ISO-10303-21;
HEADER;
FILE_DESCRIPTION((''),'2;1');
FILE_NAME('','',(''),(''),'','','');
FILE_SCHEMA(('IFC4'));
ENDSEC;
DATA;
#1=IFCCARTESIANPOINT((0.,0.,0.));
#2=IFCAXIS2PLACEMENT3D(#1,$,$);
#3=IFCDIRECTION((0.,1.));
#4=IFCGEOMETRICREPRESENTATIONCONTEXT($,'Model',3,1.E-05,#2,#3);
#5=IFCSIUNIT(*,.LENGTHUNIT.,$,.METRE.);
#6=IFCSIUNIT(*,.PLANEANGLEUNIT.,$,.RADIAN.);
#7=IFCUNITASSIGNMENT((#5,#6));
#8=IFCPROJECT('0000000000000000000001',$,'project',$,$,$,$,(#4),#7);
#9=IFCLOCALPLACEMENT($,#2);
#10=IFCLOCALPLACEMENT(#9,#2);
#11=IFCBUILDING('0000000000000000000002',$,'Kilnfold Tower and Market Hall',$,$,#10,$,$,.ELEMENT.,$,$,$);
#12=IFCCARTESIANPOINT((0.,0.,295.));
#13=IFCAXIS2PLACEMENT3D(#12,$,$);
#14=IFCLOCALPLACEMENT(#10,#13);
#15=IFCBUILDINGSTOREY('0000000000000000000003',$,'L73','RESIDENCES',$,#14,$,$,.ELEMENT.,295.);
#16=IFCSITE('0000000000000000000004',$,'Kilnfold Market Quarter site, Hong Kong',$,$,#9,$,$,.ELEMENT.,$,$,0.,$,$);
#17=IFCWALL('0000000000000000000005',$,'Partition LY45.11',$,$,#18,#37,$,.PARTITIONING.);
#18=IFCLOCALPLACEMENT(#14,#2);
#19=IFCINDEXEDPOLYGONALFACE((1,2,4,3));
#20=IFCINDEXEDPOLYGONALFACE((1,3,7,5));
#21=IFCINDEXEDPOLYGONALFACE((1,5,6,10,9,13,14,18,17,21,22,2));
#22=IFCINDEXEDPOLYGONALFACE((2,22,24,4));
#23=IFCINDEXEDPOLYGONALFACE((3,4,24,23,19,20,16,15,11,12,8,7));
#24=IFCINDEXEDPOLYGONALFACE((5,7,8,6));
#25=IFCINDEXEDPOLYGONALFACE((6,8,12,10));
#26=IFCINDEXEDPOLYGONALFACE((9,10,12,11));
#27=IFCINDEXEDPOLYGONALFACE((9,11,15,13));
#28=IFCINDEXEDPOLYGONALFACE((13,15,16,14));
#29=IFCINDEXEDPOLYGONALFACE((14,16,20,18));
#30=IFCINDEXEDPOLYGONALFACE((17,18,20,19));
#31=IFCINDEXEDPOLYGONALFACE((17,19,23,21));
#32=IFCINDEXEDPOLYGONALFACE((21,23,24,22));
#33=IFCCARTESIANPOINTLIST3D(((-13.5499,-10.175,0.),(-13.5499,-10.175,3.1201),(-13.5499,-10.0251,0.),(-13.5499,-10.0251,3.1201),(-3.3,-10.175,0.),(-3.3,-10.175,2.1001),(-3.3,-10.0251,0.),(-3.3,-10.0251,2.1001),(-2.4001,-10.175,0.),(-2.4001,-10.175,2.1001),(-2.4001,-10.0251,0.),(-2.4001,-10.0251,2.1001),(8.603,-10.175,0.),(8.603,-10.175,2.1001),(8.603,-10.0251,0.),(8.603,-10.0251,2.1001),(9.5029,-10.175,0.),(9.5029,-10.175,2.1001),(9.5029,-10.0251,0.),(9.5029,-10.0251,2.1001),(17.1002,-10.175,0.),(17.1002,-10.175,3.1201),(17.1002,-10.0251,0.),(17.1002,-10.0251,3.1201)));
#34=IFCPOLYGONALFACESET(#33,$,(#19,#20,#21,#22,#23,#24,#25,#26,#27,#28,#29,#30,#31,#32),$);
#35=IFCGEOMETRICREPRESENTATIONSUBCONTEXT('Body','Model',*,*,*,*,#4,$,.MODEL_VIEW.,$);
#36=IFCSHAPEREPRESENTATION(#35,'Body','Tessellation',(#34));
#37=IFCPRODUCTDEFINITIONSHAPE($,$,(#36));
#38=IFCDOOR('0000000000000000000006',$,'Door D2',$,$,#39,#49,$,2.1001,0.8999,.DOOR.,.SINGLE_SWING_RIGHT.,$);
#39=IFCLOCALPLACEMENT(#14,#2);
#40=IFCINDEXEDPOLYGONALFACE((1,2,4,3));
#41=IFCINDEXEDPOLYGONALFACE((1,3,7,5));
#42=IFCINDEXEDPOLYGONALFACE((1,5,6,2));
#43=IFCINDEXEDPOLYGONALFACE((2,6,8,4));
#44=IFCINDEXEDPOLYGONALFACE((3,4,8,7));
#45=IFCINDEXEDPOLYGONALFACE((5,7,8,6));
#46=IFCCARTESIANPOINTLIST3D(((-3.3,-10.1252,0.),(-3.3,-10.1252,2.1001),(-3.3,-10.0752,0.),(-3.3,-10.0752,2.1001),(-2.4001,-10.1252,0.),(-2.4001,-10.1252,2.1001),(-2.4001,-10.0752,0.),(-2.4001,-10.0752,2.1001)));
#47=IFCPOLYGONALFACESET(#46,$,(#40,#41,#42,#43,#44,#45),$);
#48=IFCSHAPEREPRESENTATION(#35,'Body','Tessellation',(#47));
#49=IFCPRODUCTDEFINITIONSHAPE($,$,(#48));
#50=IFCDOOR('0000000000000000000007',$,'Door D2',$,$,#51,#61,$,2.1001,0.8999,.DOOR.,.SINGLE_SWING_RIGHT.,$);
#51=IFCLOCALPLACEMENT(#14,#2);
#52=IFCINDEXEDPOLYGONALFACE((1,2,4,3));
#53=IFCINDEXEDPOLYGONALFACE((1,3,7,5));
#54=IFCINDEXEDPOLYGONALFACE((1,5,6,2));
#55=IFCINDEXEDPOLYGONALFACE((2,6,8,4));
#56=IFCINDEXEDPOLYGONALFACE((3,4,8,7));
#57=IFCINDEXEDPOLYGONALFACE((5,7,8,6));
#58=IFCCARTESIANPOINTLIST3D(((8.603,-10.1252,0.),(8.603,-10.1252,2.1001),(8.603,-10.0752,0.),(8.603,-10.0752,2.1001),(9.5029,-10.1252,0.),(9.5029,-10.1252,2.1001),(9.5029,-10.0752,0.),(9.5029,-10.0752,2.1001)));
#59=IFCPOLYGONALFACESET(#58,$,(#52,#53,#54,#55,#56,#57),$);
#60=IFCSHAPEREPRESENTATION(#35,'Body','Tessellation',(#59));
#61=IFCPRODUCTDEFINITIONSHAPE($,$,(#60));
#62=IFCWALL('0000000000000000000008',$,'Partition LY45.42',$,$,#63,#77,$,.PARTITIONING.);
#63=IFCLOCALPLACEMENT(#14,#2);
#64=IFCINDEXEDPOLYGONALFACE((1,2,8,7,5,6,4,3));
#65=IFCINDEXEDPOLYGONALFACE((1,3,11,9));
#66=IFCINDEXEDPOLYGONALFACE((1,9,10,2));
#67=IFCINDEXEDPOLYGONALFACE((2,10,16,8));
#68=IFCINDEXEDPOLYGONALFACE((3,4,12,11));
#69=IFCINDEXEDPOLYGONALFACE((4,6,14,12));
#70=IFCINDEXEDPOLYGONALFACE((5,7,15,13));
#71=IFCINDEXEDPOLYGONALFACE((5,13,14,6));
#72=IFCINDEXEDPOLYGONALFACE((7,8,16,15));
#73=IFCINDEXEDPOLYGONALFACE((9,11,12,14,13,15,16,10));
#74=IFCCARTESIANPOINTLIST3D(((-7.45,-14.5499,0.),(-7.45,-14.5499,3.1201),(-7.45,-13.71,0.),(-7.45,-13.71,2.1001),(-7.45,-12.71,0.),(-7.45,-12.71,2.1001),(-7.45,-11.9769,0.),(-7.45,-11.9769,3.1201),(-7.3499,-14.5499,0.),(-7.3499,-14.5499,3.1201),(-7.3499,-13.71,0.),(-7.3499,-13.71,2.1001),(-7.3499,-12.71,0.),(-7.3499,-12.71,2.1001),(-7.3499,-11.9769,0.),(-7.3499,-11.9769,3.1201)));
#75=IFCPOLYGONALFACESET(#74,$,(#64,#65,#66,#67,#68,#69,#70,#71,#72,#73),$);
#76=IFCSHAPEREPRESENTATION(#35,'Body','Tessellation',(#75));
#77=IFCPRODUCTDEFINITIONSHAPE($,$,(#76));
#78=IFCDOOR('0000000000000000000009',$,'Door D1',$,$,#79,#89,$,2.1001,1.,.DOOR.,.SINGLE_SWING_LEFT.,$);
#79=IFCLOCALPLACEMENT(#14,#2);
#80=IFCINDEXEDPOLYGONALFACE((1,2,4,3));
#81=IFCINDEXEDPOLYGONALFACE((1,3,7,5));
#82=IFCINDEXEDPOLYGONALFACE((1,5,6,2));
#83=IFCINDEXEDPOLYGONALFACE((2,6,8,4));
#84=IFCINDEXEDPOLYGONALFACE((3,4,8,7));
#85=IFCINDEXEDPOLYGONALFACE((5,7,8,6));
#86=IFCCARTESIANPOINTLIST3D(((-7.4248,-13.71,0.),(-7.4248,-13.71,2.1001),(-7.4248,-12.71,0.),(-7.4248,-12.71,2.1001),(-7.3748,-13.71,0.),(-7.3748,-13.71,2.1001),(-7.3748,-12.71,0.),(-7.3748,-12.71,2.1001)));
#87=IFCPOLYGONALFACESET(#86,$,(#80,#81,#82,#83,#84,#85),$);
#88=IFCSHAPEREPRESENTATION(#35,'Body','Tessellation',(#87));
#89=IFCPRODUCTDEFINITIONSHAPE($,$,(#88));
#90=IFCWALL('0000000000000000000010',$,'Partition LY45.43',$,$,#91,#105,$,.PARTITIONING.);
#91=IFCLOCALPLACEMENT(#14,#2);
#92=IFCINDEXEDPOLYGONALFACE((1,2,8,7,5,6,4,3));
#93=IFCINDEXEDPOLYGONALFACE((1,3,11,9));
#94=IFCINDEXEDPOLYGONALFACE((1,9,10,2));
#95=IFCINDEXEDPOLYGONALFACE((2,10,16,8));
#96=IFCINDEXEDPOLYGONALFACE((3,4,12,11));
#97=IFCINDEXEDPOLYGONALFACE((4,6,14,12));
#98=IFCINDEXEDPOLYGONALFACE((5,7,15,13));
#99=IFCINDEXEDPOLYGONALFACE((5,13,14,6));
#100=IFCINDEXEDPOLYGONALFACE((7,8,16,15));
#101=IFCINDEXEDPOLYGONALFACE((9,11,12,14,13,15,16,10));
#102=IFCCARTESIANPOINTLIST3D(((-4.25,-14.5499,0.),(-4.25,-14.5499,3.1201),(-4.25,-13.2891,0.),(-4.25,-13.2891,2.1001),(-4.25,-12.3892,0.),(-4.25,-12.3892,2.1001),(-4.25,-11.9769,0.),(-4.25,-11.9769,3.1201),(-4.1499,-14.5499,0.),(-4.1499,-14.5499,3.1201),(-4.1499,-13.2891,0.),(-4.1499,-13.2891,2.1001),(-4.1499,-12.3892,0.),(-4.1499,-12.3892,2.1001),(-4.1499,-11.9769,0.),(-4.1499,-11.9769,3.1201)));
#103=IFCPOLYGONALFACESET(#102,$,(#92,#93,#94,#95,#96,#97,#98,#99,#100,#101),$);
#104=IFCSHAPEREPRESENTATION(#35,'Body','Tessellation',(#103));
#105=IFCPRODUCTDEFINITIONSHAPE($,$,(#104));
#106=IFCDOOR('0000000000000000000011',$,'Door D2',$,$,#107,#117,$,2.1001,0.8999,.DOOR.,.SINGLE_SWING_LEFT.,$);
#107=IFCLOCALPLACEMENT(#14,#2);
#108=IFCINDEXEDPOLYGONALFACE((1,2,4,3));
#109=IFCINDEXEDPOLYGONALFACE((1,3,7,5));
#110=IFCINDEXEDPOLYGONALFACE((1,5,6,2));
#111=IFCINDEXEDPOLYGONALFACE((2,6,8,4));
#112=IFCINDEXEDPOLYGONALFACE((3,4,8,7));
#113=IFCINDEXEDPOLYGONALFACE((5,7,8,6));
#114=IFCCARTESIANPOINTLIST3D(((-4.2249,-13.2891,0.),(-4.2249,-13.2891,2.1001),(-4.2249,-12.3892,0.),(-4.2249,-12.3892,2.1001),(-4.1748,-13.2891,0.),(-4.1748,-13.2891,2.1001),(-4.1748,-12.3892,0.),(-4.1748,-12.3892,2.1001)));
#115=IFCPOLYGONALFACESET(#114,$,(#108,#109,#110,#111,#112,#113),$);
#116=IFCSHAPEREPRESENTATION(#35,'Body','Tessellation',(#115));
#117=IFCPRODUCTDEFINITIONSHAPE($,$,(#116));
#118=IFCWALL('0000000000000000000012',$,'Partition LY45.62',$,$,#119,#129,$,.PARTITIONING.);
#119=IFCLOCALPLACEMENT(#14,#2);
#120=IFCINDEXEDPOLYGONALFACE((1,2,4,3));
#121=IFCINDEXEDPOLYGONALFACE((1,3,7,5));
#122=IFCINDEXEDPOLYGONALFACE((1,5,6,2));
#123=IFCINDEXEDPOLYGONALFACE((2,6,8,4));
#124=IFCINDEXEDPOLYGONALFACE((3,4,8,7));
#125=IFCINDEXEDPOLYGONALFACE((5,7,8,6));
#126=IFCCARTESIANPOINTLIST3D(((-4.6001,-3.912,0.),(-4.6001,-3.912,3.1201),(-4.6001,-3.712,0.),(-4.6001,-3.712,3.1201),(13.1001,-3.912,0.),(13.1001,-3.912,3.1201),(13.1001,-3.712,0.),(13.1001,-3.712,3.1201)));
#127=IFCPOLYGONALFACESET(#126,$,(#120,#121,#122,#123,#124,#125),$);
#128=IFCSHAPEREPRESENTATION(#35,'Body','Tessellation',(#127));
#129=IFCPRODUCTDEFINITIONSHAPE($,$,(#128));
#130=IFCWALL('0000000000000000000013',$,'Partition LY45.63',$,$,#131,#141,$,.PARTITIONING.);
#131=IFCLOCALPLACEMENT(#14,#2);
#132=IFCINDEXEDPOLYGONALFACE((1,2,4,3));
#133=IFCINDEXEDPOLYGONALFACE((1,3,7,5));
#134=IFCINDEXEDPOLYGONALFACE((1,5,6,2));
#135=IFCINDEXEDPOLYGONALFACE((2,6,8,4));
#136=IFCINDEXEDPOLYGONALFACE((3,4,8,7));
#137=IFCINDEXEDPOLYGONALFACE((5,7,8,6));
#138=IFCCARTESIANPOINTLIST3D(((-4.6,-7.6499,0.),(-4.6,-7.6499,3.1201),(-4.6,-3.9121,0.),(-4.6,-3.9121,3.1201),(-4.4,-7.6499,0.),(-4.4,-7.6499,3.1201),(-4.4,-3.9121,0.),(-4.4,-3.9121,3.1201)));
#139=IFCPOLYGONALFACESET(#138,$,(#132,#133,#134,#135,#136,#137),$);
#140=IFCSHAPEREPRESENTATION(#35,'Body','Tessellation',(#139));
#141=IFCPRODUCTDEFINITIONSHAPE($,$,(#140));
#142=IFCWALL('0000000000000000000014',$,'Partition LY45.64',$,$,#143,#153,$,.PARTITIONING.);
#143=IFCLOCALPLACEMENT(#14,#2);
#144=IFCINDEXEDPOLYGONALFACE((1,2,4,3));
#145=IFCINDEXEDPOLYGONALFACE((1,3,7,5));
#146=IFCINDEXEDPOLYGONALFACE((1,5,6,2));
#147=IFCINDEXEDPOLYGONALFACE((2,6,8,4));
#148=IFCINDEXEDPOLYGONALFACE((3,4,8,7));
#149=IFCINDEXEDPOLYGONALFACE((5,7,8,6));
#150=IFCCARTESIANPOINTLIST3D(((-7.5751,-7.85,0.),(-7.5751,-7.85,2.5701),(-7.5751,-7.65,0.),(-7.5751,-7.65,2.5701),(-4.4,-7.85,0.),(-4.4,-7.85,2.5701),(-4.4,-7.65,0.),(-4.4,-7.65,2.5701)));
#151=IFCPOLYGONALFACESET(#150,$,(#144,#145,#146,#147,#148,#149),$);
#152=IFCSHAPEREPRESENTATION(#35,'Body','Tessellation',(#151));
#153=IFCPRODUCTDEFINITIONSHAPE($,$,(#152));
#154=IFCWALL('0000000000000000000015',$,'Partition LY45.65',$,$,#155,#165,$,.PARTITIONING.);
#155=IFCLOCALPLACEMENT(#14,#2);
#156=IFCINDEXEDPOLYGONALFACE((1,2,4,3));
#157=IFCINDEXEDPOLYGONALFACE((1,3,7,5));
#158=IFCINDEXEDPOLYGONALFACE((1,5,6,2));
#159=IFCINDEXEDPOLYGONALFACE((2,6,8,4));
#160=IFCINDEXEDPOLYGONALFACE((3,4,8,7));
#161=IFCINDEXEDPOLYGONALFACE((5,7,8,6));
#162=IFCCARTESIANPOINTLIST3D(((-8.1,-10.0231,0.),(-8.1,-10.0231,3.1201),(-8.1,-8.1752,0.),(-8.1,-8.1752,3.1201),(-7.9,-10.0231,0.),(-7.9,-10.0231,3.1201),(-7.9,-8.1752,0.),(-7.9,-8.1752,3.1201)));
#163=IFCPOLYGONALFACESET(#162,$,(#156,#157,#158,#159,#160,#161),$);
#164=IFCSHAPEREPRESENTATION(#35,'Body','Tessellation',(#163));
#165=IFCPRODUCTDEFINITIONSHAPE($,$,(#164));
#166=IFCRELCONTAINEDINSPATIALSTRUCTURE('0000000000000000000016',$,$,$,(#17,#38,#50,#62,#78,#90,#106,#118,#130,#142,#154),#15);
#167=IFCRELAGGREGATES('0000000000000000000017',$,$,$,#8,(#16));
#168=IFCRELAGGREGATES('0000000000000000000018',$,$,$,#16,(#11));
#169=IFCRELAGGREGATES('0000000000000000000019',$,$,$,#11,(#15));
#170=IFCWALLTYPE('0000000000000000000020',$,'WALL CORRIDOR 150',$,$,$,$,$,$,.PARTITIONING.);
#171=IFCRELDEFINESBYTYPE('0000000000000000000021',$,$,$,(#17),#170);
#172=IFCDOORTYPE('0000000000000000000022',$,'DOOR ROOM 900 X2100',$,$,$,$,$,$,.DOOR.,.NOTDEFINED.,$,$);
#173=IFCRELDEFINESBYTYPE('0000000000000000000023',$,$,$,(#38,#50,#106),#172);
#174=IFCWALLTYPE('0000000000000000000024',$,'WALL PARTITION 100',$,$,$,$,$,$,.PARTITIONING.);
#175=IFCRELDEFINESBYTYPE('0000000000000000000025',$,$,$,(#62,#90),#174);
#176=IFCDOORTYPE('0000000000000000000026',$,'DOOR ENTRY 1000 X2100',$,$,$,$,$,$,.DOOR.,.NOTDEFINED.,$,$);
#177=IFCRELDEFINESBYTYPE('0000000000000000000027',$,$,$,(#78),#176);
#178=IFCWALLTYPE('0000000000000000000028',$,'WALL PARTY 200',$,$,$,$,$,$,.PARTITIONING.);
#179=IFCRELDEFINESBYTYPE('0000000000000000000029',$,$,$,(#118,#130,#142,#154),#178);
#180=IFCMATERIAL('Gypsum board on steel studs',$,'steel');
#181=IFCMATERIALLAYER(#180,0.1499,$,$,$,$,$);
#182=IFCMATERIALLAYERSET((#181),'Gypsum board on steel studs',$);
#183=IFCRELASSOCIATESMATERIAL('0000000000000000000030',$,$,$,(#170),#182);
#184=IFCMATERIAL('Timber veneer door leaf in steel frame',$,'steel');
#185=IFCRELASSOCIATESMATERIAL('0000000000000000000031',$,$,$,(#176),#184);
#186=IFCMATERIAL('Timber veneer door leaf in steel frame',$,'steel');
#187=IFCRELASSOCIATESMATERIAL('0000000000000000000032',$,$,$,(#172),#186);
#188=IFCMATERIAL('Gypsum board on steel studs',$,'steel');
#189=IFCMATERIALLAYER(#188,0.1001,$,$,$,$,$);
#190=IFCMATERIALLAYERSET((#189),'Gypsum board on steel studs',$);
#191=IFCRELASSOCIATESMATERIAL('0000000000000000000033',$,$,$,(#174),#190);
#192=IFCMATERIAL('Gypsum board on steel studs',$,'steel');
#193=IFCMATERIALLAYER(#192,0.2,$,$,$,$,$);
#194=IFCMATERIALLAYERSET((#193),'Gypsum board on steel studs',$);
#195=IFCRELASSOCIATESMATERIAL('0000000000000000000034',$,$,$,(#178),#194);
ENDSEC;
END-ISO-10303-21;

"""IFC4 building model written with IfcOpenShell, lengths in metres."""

from ifc_helpers import new_model, si_unit, direction, frame, frame_2d, origin, place, context, subcontext, project, spatial, rectangle, extrude, material, layer, layer_set, type_object, element, fill, save


model = new_model("IFC4")

# Units and contexts
model_context = context("Model", 3, precision=1e-05, world=origin(), true_north=direction((0.0, 1.0)))
body_context = subcontext(model_context, "Body", "Model", "MODEL_VIEW")
ifc_project = project(units=[si_unit("LENGTHUNIT", "METRE"), si_unit("PLANEANGLEUNIT", "RADIAN")], contexts=[model_context])

# Site, building, storey
site_placement = place(None, origin())
site = spatial("IfcSite", under=ifc_project, at=site_placement, Name="Kilnfold Market Quarter site, Hong Kong", CompositionType="ELEMENT", RefElevation=0.0)
building_placement = place(site_placement, origin())
building = spatial("IfcBuilding", under=site, at=building_placement, Name="Kilnfold Tower and Market Hall", CompositionType="ELEMENT")
storey_placement = place(building_placement, frame((0.0, 0.0, 295.0)))
storey = spatial("IfcBuildingStorey", under=building, at=storey_placement, Name="L73", Description="RESIDENCES", CompositionType="ELEMENT", Elevation=295.0)

# Wall, openings, doors
ifc_material_1 = material(Name="Gypsum board on steel studs", Category="steel")
ifc_layer_1 = layer(ifc_material_1, 0.1499)
ifc_layer_set_1 = layer_set([ifc_layer_1], Name="Gypsum board on steel studs")
wall_type_1 = type_object("IfcWallType", Name="WALL CORRIDOR 150", PredefinedType="PARTITIONING", material=ifc_layer_set_1)
ifc_material_2 = material(Name="Timber veneer door leaf in steel frame", Category="steel")
door_type_1 = type_object("IfcDoorType", Name="DOOR ENTRY 1000 X2100", OperationType="NOTDEFINED", PredefinedType="DOOR", material=ifc_material_2)
wall_1_placement = place(storey_placement, frame((-13.55, -10.1001, 0.0), z_axis=(0.0, 0.0, 1.0), x_axis=(1.0, 0.0, 0.0)))
wall_1 = element("IfcWall", 1, at=wall_1_placement, inside=storey, type_object=wall_type_1, Name="Partition LY45.11", PredefinedType="PARTITIONING", context=body_context, shape_type="SweptSolid", body=[
    extrude(rectangle(XDim=30.6501, YDim=0.1499, at=frame_2d((15.3252, 0.0))), origin(), (0.0, 0.0, 1.0), 3.1201),
])
opening_1_placement = place(wall_1_placement, frame((10.25, 0.0, 0.0)))
opening_1 = element("IfcOpeningElement", 2, at=opening_1_placement, cuts=wall_1, PredefinedType="OPENING", context=body_context, shape_type="SweptSolid", body=[
    extrude(rectangle(XDim=0.8999, YDim=2.1001, at=frame_2d((0.45, 1.05))), frame((0.0, 0.085, 0.0), z_axis=(0.0, -1.0, 0.0), x_axis=(1.0, 0.0, 0.0)), (0.0, 0.0, 1.0), 0.1699),
])
opening_2_placement = place(wall_1_placement, frame((22.1531, 0.0, 0.0)))
opening_2 = element("IfcOpeningElement", 3, at=opening_2_placement, cuts=wall_1, PredefinedType="OPENING", context=body_context, shape_type="SweptSolid", body=[
    extrude(rectangle(XDim=0.8999, YDim=2.1001, at=frame_2d((0.45, 1.05))), frame((0.0, 0.085, 0.0), z_axis=(0.0, -1.0, 0.0), x_axis=(1.0, 0.0, 0.0)), (0.0, 0.0, 1.0), 0.1699),
])
ifc_material_3 = material(Name="Timber veneer door leaf in steel frame", Category="steel")
door_type_2 = type_object("IfcDoorType", Name="DOOR ROOM 900 X2100", OperationType="NOTDEFINED", PredefinedType="DOOR", material=ifc_material_3)
door_1_placement = place(opening_1_placement, origin())
door_1 = element("IfcDoor", 4, at=door_1_placement, inside=storey, type_object=door_type_2, Name="Door D2", OperationType="SINGLE_SWING_RIGHT", OverallHeight=2.1001, OverallWidth=0.8999, PredefinedType="DOOR", context=body_context, shape_type="SweptSolid", body=[
    extrude(rectangle(XDim=0.8999, YDim=2.1001, at=frame_2d((0.45, 1.05))), frame((0.0, 0.0249, 0.0), z_axis=(0.0, -1.0, 0.0), x_axis=(1.0, 0.0, 0.0)), (0.0, 0.0, 1.0), 0.05),
])
fill(opening_1, door_1)
door_2_placement = place(opening_2_placement, origin())
door_2 = element("IfcDoor", 5, at=door_2_placement, inside=storey, type_object=door_type_2, Name="Door D2", OperationType="SINGLE_SWING_RIGHT", OverallHeight=2.1001, OverallWidth=0.8999, PredefinedType="DOOR", context=body_context, shape_type="SweptSolid", body=[
    extrude(rectangle(XDim=0.8999, YDim=2.1001, at=frame_2d((0.45, 1.05))), frame((0.0, 0.0249, 0.0), z_axis=(0.0, -1.0, 0.0), x_axis=(1.0, 0.0, 0.0)), (0.0, 0.0, 1.0), 0.05),
])
fill(opening_2, door_2)

# Walls, openings, doors
ifc_material_4 = material(Name="Gypsum board on steel studs", Category="steel")
ifc_layer_2 = layer(ifc_material_4, 0.1001)
ifc_layer_set_2 = layer_set([ifc_layer_2], Name="Gypsum board on steel studs")
wall_type_2 = type_object("IfcWallType", Name="WALL PARTITION 100", PredefinedType="PARTITIONING", material=ifc_layer_set_2)
wall_2_placement = place(storey_placement, frame((-7.3999, -14.55, 0.0), z_axis=(0.0, 0.0, 1.0), x_axis=(0.0, 1.0, 0.0)))
wall_2 = element("IfcWall", 6, at=wall_2_placement, inside=storey, type_object=wall_type_2, Name="Partition LY45.42", PredefinedType="PARTITIONING", context=body_context, shape_type="SweptSolid", body=[
    extrude(rectangle(XDim=2.573, YDim=0.1001, at=frame_2d((1.2866, 0.0))), origin(), (0.0, 0.0, 1.0), 3.1201),
])
opening_3_placement = place(wall_2_placement, frame((0.8401, 0.0, 0.0)))
opening_3 = element("IfcOpeningElement", 7, at=opening_3_placement, cuts=wall_2, PredefinedType="OPENING", context=body_context, shape_type="SweptSolid", body=[
    extrude(rectangle(XDim=1.0, YDim=2.1001, at=frame_2d((0.5, 1.05))), frame((0.0, 0.0601, 0.0), z_axis=(0.0, -1.0, 0.0), x_axis=(1.0, 0.0, 0.0)), (0.0, 0.0, 1.0), 0.1201),
])
door_3_placement = place(opening_3_placement, origin())
door_3 = element("IfcDoor", 8, at=door_3_placement, inside=storey, type_object=door_type_1, Name="Door D1", OperationType="SINGLE_SWING_LEFT", OverallHeight=2.1001, OverallWidth=1.0, PredefinedType="DOOR", context=body_context, shape_type="SweptSolid", body=[
    extrude(rectangle(XDim=1.0, YDim=2.1001, at=frame_2d((0.5, 1.05))), frame((0.0, 0.0249, 0.0), z_axis=(0.0, -1.0, 0.0), x_axis=(1.0, 0.0, 0.0)), (0.0, 0.0, 1.0), 0.05),
])
fill(opening_3, door_3)
wall_3_placement = place(storey_placement, frame((-4.2, -14.55, 0.0), z_axis=(0.0, 0.0, 1.0), x_axis=(0.0, 1.0, 0.0)))
wall_3 = element("IfcWall", 9, at=wall_3_placement, inside=storey, type_object=wall_type_2, Name="Partition LY45.43", PredefinedType="PARTITIONING", context=body_context, shape_type="SweptSolid", body=[
    extrude(rectangle(XDim=2.573, YDim=0.1001, at=frame_2d((1.2866, 0.0))), origin(), (0.0, 0.0, 1.0), 3.1201),
])
opening_4_placement = place(wall_3_placement, frame((1.261, 0.0, 0.0)))
opening_4 = element("IfcOpeningElement", 10, at=opening_4_placement, cuts=wall_3, PredefinedType="OPENING", context=body_context, shape_type="SweptSolid", body=[
    extrude(rectangle(XDim=0.8999, YDim=2.1001, at=frame_2d((0.45, 1.05))), frame((0.0, 0.0601, 0.0), z_axis=(0.0, -1.0, 0.0), x_axis=(1.0, 0.0, 0.0)), (0.0, 0.0, 1.0), 0.1201),
])
door_4_placement = place(opening_4_placement, origin())
door_4 = element("IfcDoor", 11, at=door_4_placement, inside=storey, type_object=door_type_2, Name="Door D2", OperationType="SINGLE_SWING_LEFT", OverallHeight=2.1001, OverallWidth=0.8999, PredefinedType="DOOR", context=body_context, shape_type="SweptSolid", body=[
    extrude(rectangle(XDim=0.8999, YDim=2.1001, at=frame_2d((0.45, 1.05))), frame((0.0, 0.0249, 0.0), z_axis=(0.0, -1.0, 0.0), x_axis=(1.0, 0.0, 0.0)), (0.0, 0.0, 1.0), 0.05),
])
fill(opening_4, door_4)

# Walls
ifc_material_5 = material(Name="Gypsum board on steel studs", Category="steel")
ifc_layer_3 = layer(ifc_material_5, 0.2)
ifc_layer_set_3 = layer_set([ifc_layer_3], Name="Gypsum board on steel studs")
wall_type_3 = type_object("IfcWallType", Name="WALL PARTY 200", PredefinedType="PARTITIONING", material=ifc_layer_set_3)
wall_4_placement = place(storey_placement, frame((-4.6001, -3.812, 0.0), z_axis=(0.0, 0.0, 1.0), x_axis=(1.0, 0.0, 0.0)))
element("IfcWall", 12, at=wall_4_placement, inside=storey, type_object=wall_type_3, Name="Partition LY45.62", PredefinedType="PARTITIONING", context=body_context, shape_type="SweptSolid", body=[
    extrude(rectangle(XDim=17.7002, YDim=0.2, at=frame_2d((8.8501, 0.0))), origin(), (0.0, 0.0, 1.0), 3.1201),
])
wall_5_placement = place(storey_placement, frame((-4.5, -7.6499, 0.0), z_axis=(0.0, 0.0, 1.0), x_axis=(0.0, 1.0, 0.0)))
element("IfcWall", 13, at=wall_5_placement, inside=storey, type_object=wall_type_3, Name="Partition LY45.63", PredefinedType="PARTITIONING", context=body_context, shape_type="SweptSolid", body=[
    extrude(rectangle(XDim=3.7378, YDim=0.2, at=frame_2d((1.8689, 0.0))), origin(), (0.0, 0.0, 1.0), 3.1201),
])
wall_6_placement = place(storey_placement, frame((-7.575, -7.75, 0.0), z_axis=(0.0, 0.0, 1.0), x_axis=(1.0, 0.0, 0.0)))
element("IfcWall", 14, at=wall_6_placement, inside=storey, type_object=wall_type_3, Name="Partition LY45.64", PredefinedType="PARTITIONING", context=body_context, shape_type="SweptSolid", body=[
    extrude(rectangle(XDim=3.175, YDim=0.2, at=frame_2d((1.5874, 0.0))), origin(), (0.0, 0.0, 1.0), 2.5701),
])
wall_7_placement = place(storey_placement, frame((-8.0, -10.0229, 0.0), z_axis=(0.0, 0.0, 1.0), x_axis=(0.0, 1.0, 0.0)))
element("IfcWall", 15, at=wall_7_placement, inside=storey, type_object=wall_type_3, Name="Partition LY45.65", PredefinedType="PARTITIONING", context=body_context, shape_type="SweptSolid", body=[
    extrude(rectangle(XDim=1.8479, YDim=0.2, at=frame_2d((0.9238, 0.0))), origin(), (0.0, 0.0, 1.0), 3.1201),
])

save(model, "model.ifc")
